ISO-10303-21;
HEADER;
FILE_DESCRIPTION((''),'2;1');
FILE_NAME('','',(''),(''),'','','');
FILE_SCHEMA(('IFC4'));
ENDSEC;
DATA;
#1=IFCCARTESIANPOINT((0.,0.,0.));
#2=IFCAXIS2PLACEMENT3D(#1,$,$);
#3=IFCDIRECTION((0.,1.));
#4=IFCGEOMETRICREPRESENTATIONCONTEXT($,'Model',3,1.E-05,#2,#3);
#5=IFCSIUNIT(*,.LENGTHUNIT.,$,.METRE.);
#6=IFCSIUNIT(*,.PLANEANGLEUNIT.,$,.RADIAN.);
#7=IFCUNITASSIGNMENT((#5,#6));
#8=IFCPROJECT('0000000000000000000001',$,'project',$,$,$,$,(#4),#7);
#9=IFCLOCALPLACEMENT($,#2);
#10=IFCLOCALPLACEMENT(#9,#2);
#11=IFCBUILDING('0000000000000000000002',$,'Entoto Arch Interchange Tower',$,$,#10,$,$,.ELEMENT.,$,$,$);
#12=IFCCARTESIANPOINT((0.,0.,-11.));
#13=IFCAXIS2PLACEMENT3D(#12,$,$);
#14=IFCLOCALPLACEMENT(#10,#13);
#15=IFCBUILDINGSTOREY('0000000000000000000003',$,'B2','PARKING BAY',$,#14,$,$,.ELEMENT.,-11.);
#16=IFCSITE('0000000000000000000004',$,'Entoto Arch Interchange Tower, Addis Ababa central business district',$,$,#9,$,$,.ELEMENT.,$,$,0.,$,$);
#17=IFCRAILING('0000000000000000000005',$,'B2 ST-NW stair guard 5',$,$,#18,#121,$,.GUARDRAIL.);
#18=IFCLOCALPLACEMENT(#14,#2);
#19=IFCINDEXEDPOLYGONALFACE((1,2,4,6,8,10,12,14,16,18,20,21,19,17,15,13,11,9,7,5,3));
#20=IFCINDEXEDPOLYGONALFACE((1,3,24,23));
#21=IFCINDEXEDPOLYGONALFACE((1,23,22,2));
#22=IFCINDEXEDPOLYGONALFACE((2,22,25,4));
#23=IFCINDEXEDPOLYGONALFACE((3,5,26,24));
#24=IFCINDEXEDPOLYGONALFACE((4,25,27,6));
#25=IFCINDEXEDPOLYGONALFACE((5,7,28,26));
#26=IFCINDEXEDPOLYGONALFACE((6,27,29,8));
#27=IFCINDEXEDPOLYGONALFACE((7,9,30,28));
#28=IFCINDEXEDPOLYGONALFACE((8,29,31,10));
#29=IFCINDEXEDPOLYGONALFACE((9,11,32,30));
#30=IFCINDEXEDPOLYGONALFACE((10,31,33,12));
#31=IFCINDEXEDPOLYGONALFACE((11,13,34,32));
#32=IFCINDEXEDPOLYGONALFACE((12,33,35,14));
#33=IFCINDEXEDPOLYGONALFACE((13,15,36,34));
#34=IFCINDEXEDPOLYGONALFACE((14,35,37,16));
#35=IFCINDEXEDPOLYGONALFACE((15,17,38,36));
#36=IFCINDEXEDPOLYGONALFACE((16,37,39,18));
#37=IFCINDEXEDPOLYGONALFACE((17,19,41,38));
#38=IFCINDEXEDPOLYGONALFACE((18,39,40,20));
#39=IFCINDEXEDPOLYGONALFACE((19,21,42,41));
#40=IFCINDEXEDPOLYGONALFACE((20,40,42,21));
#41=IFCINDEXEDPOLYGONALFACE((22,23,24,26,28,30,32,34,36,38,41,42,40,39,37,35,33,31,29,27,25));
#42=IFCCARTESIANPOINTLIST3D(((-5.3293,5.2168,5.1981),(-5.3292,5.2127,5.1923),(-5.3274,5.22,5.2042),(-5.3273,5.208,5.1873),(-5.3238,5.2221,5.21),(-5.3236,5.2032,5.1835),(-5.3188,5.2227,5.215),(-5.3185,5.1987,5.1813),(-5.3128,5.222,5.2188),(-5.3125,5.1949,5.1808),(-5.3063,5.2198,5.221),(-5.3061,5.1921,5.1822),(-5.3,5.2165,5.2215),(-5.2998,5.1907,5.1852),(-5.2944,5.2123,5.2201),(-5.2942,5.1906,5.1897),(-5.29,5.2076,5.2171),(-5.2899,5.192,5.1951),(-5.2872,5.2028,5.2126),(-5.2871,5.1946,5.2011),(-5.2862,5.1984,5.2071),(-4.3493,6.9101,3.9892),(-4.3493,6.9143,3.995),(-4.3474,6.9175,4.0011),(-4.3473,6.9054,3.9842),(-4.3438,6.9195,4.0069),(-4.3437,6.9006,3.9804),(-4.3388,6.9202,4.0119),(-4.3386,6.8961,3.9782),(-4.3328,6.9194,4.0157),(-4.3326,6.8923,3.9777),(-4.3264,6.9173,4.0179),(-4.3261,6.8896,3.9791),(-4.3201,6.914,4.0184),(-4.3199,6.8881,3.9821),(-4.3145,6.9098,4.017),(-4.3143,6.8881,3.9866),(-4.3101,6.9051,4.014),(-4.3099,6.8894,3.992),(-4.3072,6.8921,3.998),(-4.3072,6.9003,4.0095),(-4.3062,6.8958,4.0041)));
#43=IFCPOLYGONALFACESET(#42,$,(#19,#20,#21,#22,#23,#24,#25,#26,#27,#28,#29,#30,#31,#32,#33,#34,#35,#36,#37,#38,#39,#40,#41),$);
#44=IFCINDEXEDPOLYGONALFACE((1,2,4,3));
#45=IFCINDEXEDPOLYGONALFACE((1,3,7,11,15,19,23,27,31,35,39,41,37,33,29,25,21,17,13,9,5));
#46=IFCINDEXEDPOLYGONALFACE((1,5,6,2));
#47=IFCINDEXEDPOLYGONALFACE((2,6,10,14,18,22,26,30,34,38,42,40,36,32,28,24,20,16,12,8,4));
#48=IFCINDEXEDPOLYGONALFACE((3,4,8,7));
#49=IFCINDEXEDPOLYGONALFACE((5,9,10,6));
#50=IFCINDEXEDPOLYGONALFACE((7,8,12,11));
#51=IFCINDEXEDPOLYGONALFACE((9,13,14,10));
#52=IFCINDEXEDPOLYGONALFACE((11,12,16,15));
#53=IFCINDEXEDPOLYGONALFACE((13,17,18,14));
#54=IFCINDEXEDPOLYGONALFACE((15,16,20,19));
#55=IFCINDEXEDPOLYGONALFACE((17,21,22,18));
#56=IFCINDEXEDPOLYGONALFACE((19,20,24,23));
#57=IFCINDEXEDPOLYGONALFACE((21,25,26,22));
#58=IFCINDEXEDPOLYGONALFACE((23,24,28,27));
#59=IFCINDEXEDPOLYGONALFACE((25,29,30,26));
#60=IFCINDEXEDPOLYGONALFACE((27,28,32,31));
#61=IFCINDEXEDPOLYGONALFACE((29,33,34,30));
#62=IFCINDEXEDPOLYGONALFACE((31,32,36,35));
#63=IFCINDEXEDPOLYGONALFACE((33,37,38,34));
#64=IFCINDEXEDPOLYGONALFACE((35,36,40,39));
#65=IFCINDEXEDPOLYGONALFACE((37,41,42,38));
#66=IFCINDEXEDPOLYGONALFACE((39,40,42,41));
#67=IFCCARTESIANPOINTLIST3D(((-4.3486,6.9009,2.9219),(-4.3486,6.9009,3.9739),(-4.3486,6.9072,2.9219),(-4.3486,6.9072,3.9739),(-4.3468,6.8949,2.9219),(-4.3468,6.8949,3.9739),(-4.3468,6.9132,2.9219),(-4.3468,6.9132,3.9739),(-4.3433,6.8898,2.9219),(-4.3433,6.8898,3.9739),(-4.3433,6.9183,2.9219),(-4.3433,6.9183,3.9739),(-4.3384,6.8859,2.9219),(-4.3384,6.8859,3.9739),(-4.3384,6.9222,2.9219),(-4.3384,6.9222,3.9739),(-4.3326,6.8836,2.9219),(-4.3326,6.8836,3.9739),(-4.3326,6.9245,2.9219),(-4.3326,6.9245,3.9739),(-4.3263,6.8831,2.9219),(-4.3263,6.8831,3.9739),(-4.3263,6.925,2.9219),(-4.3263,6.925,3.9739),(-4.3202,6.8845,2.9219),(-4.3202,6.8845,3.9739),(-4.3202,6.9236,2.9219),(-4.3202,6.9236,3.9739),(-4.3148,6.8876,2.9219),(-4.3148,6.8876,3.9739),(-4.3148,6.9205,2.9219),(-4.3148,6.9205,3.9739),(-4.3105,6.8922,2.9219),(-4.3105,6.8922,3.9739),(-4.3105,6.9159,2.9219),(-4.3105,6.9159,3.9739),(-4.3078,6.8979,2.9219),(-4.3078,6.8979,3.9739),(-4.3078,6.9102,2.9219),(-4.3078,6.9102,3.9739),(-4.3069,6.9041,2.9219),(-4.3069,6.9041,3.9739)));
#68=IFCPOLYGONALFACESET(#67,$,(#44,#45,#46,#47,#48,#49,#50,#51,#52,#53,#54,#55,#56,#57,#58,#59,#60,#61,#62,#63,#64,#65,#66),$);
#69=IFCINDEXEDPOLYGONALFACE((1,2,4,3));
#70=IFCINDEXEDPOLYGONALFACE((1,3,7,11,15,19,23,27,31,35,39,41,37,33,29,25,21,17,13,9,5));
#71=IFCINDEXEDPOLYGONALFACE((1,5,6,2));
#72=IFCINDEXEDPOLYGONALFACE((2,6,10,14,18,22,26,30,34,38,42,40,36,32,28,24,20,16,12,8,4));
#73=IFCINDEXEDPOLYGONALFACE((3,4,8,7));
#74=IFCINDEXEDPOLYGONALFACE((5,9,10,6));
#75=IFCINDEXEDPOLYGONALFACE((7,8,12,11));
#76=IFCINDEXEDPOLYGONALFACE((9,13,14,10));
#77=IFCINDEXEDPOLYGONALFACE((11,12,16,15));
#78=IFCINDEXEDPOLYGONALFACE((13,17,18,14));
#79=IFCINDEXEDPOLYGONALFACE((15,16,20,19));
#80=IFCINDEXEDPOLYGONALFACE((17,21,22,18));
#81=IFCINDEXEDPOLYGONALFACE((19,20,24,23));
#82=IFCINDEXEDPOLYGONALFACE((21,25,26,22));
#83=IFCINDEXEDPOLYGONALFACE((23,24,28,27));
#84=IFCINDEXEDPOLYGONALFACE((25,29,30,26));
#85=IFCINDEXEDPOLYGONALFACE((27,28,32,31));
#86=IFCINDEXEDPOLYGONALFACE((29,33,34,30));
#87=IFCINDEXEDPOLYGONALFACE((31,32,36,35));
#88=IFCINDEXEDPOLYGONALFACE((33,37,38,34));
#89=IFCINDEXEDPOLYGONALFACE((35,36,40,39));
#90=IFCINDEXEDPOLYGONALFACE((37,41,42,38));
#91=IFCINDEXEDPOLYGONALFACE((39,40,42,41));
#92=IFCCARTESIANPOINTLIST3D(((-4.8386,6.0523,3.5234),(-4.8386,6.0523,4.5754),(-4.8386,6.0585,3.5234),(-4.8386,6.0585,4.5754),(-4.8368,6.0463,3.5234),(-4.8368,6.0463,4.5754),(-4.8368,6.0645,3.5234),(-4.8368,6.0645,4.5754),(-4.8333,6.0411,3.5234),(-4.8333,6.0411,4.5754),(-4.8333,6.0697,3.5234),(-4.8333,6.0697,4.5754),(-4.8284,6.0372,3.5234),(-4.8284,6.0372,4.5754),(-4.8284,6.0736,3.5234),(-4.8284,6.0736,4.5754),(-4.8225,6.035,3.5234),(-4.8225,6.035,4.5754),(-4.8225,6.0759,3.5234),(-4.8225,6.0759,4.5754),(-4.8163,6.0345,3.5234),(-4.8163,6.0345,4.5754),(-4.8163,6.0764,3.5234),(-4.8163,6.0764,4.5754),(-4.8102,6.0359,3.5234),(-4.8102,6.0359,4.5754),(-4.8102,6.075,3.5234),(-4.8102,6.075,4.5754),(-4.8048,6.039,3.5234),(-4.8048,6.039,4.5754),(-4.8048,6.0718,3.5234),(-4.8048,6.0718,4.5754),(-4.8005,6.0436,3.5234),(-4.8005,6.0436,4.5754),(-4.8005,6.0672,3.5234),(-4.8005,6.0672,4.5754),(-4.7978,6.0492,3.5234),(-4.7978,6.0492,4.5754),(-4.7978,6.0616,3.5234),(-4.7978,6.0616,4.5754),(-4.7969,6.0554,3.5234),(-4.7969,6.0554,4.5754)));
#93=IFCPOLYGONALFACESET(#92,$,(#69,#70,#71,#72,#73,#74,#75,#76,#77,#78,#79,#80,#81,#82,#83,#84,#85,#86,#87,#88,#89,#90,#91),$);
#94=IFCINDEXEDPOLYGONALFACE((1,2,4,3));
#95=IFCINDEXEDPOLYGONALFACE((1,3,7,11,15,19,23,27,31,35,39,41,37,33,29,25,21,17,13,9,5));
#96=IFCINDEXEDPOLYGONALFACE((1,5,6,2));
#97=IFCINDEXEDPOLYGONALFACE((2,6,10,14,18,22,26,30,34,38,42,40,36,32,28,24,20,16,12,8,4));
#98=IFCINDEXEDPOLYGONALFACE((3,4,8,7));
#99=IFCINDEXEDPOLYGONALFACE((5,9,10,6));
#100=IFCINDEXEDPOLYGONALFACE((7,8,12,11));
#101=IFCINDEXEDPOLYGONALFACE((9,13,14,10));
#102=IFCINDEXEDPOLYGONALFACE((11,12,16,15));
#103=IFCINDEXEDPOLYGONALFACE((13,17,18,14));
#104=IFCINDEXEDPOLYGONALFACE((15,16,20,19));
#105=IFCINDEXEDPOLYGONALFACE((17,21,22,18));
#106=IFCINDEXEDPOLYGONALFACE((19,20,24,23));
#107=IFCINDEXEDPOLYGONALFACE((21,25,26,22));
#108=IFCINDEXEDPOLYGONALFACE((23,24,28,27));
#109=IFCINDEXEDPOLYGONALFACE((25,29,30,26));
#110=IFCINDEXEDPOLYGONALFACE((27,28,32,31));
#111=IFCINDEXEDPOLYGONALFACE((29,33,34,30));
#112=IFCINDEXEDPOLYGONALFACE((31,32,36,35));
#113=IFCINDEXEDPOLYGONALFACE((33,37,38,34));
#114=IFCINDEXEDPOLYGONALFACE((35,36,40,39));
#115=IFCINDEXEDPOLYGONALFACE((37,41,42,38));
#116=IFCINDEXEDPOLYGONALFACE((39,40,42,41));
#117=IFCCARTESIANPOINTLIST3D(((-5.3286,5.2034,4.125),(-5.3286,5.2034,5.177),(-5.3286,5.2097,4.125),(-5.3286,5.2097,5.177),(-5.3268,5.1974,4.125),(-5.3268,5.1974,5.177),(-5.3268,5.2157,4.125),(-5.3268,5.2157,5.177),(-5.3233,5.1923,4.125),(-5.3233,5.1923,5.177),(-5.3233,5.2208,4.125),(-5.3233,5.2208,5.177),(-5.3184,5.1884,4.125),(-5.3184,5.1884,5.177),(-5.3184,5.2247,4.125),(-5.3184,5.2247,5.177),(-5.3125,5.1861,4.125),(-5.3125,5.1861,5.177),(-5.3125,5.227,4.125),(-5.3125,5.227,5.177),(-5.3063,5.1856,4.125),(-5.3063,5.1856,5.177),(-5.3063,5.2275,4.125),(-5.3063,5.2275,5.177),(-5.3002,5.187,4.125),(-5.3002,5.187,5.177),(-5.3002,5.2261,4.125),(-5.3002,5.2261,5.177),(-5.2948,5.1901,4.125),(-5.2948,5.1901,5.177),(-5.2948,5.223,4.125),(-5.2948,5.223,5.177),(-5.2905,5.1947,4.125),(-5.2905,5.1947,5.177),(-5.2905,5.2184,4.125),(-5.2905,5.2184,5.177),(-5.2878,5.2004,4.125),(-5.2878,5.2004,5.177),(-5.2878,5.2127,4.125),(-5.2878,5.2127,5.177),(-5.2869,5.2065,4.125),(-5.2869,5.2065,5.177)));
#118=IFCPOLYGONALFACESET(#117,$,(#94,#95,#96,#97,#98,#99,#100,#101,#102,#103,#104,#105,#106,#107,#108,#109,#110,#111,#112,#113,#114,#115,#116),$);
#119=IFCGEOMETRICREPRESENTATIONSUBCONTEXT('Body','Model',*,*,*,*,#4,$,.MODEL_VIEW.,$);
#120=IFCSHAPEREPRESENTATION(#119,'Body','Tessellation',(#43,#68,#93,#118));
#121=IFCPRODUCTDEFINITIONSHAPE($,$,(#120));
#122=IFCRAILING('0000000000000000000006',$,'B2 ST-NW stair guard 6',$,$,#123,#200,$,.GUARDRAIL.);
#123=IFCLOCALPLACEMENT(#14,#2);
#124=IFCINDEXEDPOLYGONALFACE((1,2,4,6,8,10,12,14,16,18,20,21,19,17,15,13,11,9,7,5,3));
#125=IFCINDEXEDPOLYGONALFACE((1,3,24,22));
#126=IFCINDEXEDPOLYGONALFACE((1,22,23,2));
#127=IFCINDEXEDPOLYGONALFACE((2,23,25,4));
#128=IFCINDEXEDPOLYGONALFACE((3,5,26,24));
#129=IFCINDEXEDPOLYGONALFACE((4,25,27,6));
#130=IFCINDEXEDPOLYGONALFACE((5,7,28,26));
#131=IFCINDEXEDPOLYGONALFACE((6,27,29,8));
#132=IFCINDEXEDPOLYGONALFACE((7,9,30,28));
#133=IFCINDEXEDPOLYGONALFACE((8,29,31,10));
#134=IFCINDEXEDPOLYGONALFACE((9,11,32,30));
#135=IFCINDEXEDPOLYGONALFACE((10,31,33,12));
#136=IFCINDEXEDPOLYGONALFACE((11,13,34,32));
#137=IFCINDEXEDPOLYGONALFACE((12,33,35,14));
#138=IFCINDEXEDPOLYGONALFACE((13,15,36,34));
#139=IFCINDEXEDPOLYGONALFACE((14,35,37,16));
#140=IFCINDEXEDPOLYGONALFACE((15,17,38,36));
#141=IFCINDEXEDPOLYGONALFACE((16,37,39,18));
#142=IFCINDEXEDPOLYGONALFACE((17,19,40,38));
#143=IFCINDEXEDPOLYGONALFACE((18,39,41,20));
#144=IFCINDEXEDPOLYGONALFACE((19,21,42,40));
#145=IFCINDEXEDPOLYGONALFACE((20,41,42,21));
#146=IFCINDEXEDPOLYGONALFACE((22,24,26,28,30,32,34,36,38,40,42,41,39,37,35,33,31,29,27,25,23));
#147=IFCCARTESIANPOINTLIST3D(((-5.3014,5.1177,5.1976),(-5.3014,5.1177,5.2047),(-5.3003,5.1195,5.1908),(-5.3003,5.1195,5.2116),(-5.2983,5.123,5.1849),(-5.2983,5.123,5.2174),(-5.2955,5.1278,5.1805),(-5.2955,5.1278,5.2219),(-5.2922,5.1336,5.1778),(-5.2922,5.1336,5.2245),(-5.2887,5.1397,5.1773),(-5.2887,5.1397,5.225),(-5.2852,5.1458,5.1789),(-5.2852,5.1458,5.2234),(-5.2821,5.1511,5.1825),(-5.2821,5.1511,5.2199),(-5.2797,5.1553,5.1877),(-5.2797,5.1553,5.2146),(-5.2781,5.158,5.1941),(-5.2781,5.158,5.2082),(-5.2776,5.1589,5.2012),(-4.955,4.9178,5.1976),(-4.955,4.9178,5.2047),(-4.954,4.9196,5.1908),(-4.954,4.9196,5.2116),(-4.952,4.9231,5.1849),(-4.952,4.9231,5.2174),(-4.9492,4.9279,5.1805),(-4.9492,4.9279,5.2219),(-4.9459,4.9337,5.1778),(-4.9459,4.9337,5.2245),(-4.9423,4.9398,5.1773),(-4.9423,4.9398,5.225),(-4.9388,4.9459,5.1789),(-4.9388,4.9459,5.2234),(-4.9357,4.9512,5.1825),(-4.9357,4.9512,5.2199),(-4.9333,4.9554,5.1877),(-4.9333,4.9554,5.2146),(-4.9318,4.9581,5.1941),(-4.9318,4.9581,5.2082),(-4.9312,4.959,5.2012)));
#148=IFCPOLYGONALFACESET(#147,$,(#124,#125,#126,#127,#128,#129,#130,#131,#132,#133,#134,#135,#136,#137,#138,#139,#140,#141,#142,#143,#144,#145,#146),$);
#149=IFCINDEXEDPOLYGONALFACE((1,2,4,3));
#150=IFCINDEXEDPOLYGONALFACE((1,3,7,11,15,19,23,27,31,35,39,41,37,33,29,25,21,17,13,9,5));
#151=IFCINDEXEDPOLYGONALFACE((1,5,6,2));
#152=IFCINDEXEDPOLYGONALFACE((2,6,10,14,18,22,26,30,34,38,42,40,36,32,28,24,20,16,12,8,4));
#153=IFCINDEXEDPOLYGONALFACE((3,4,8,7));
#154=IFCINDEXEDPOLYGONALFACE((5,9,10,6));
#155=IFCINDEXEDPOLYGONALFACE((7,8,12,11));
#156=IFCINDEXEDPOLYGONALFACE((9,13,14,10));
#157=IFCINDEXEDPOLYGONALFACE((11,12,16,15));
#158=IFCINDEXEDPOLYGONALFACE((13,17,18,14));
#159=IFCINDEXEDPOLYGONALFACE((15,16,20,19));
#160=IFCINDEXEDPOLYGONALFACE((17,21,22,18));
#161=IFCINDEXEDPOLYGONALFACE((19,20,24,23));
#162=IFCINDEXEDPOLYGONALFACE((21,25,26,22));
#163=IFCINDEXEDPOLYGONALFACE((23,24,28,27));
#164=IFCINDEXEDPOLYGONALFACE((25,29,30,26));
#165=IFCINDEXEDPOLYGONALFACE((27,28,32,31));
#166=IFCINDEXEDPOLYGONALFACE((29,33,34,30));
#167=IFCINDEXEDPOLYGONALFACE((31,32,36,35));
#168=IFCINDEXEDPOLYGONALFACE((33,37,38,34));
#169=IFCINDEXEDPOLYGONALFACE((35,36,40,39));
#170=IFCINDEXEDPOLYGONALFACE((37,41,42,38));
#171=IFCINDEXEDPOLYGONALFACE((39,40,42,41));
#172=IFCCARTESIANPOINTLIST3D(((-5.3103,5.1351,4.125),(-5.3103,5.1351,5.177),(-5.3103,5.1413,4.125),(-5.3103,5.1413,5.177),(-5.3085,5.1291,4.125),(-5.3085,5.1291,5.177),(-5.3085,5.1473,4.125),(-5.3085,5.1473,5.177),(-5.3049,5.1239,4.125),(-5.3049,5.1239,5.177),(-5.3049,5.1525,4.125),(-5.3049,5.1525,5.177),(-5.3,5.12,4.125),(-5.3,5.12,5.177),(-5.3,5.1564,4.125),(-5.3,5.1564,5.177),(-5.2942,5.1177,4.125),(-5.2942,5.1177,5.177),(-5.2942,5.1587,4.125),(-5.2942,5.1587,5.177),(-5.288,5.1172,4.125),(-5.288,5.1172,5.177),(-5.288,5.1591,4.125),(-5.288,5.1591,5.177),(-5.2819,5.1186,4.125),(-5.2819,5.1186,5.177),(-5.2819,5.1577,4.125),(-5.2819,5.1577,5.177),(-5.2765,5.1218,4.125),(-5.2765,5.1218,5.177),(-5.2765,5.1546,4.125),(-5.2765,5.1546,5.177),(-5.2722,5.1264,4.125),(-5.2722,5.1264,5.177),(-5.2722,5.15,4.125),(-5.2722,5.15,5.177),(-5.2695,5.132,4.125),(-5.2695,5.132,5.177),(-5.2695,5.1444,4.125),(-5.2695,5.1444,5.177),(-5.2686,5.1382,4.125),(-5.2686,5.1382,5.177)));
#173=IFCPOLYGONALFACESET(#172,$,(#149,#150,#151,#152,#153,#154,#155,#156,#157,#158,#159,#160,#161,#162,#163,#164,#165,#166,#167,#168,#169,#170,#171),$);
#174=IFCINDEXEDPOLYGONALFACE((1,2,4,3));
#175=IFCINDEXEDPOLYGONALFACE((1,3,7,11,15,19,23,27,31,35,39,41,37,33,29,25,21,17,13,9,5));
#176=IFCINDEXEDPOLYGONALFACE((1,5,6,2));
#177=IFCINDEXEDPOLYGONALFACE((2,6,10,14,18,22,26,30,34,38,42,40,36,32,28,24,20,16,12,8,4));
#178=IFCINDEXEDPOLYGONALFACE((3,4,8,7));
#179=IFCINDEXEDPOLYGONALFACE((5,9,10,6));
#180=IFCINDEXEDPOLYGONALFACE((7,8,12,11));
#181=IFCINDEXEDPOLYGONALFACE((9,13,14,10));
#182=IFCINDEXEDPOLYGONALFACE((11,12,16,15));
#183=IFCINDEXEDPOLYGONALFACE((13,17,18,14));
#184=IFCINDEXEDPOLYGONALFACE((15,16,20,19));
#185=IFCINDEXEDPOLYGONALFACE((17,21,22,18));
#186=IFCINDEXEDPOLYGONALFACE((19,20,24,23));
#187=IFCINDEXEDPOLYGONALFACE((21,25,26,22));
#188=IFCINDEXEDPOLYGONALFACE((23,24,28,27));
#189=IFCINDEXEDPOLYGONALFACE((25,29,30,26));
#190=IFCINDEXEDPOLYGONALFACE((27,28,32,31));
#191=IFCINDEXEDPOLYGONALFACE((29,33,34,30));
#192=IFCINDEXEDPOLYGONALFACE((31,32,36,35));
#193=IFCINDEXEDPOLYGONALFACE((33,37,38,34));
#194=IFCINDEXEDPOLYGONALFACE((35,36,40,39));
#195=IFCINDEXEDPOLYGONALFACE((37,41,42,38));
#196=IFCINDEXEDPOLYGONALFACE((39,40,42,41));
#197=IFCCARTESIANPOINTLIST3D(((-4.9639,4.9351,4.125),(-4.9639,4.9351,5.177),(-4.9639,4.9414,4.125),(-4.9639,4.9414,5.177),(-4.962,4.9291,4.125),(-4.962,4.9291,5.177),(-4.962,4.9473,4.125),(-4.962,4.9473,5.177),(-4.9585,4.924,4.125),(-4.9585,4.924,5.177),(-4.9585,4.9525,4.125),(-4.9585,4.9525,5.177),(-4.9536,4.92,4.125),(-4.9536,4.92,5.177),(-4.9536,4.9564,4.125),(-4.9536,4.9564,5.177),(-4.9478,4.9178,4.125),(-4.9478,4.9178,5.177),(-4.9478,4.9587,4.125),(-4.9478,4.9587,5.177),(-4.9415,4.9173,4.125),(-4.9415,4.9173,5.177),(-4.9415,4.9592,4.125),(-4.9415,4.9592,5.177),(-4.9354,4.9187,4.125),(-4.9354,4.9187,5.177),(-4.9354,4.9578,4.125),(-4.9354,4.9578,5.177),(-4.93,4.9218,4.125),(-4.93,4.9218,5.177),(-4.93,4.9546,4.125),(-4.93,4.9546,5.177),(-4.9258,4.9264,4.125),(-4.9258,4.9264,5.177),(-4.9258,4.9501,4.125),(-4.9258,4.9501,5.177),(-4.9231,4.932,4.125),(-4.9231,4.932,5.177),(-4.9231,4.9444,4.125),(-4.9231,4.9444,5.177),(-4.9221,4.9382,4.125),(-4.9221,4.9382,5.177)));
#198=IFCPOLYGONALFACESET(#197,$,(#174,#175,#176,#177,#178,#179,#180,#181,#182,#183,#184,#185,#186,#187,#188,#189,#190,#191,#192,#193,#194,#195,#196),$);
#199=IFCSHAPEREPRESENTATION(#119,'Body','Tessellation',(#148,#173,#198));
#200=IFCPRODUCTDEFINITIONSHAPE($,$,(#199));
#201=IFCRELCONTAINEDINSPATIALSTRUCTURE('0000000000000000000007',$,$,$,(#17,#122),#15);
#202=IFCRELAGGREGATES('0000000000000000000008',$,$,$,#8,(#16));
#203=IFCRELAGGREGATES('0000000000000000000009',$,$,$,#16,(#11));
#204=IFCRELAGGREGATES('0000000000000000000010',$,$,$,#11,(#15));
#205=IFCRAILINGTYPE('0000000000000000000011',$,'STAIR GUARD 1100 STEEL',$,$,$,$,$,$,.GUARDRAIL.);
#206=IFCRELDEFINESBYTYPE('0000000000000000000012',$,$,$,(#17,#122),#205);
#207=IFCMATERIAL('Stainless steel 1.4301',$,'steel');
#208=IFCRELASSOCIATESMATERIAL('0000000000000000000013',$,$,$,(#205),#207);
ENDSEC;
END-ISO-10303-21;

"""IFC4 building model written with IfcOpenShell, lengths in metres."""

from ifc_helpers import new_model, si_unit, direction, frame, origin, origin_2d, place, context, subcontext, project, spatial, circle, extrude, material, type_object, element, save


model = new_model("IFC4")

# Units and contexts
model_context = context("Model", 3, precision=1e-05, world=origin(), true_north=direction((0.0, 1.0)))
body_context = subcontext(model_context, "Body", "Model", "MODEL_VIEW")
ifc_project = project(units=[si_unit("LENGTHUNIT", "METRE"), si_unit("PLANEANGLEUNIT", "RADIAN")], contexts=[model_context])

# Site, building, storey
site_placement = place(None, origin())
site = spatial("IfcSite", under=ifc_project, at=site_placement, Name="Entoto Arch Interchange Tower, Addis Ababa central business district", CompositionType="ELEMENT", RefElevation=0.0)
building_placement = place(site_placement, origin())
building = spatial("IfcBuilding", under=site, at=building_placement, Name="Entoto Arch Interchange Tower", CompositionType="ELEMENT")
storey_placement = place(building_placement, frame((0.0, 0.0, -11.0)))
storey = spatial("IfcBuildingStorey", under=building, at=storey_placement, Name="B2", Description="PARKING BAY", CompositionType="ELEMENT", Elevation=-11.0)

# Railings
ifc_material_1 = material(Name="Stainless steel 1.4301", Category="steel")
railing_type_1 = type_object("IfcRailingType", Name="STAIR GUARD 1100 STEEL", PredefinedType="GUARDRAIL", material=ifc_material_1)
railing_1_placement = place(storey_placement, frame((-4.3279, 6.9041, 2.9219)))
element("IfcRailing", 1, at=railing_1_placement, inside=storey, type_object=railing_type_1, Name="B2 ST-NW stair guard 5", PredefinedType="GUARDRAIL", context=body_context, shape_type="SweptSolid", body=[
    extrude(circle(Radius=0.0239, at=origin_2d()), frame((0.0, 0.0, 1.0762), z_axis=(-0.426102, -0.738089, 0.523127), x_axis=(0.866042, -0.49997, 0.0)), (0.0, 0.0, 1.0), 2.2998),
    extrude(circle(Radius=0.021, at=origin_2d()), origin(), (0.0, 0.0, 1.0), 1.052),
    extrude(circle(Radius=0.021, at=origin_2d()), frame((-0.49, -0.8486, 0.6016)), (0.0, 0.0, 1.0), 1.052),
    extrude(circle(Radius=0.021, at=origin_2d()), frame((-0.98, -1.6975, 1.2031)), (0.0, 0.0, 1.0), 1.052),
])
railing_2_placement = place(storey_placement, frame((-5.2896, 5.1382, 4.125)))
element("IfcRailing", 2, at=railing_2_placement, inside=storey, type_object=railing_type_1, Name="B2 ST-NW stair guard 6", PredefinedType="GUARDRAIL", context=body_context, shape_type="SweptSolid", body=[
    extrude(circle(Radius=0.0239, at=origin_2d()), frame((0.0, 0.0, 1.0762), z_axis=(0.866094, -0.499881, 0.0), x_axis=(0.499881, 0.866094, 0.0)), (0.0, 0.0, 1.0), 0.3999),
    extrude(circle(Radius=0.021, at=origin_2d()), origin(), (0.0, 0.0, 1.0), 1.052),
    extrude(circle(Radius=0.021, at=origin_2d()), frame((0.3464, -0.2, 0.0)), (0.0, 0.0, 1.0), 1.052),
])

save(model, "model.ifc")
